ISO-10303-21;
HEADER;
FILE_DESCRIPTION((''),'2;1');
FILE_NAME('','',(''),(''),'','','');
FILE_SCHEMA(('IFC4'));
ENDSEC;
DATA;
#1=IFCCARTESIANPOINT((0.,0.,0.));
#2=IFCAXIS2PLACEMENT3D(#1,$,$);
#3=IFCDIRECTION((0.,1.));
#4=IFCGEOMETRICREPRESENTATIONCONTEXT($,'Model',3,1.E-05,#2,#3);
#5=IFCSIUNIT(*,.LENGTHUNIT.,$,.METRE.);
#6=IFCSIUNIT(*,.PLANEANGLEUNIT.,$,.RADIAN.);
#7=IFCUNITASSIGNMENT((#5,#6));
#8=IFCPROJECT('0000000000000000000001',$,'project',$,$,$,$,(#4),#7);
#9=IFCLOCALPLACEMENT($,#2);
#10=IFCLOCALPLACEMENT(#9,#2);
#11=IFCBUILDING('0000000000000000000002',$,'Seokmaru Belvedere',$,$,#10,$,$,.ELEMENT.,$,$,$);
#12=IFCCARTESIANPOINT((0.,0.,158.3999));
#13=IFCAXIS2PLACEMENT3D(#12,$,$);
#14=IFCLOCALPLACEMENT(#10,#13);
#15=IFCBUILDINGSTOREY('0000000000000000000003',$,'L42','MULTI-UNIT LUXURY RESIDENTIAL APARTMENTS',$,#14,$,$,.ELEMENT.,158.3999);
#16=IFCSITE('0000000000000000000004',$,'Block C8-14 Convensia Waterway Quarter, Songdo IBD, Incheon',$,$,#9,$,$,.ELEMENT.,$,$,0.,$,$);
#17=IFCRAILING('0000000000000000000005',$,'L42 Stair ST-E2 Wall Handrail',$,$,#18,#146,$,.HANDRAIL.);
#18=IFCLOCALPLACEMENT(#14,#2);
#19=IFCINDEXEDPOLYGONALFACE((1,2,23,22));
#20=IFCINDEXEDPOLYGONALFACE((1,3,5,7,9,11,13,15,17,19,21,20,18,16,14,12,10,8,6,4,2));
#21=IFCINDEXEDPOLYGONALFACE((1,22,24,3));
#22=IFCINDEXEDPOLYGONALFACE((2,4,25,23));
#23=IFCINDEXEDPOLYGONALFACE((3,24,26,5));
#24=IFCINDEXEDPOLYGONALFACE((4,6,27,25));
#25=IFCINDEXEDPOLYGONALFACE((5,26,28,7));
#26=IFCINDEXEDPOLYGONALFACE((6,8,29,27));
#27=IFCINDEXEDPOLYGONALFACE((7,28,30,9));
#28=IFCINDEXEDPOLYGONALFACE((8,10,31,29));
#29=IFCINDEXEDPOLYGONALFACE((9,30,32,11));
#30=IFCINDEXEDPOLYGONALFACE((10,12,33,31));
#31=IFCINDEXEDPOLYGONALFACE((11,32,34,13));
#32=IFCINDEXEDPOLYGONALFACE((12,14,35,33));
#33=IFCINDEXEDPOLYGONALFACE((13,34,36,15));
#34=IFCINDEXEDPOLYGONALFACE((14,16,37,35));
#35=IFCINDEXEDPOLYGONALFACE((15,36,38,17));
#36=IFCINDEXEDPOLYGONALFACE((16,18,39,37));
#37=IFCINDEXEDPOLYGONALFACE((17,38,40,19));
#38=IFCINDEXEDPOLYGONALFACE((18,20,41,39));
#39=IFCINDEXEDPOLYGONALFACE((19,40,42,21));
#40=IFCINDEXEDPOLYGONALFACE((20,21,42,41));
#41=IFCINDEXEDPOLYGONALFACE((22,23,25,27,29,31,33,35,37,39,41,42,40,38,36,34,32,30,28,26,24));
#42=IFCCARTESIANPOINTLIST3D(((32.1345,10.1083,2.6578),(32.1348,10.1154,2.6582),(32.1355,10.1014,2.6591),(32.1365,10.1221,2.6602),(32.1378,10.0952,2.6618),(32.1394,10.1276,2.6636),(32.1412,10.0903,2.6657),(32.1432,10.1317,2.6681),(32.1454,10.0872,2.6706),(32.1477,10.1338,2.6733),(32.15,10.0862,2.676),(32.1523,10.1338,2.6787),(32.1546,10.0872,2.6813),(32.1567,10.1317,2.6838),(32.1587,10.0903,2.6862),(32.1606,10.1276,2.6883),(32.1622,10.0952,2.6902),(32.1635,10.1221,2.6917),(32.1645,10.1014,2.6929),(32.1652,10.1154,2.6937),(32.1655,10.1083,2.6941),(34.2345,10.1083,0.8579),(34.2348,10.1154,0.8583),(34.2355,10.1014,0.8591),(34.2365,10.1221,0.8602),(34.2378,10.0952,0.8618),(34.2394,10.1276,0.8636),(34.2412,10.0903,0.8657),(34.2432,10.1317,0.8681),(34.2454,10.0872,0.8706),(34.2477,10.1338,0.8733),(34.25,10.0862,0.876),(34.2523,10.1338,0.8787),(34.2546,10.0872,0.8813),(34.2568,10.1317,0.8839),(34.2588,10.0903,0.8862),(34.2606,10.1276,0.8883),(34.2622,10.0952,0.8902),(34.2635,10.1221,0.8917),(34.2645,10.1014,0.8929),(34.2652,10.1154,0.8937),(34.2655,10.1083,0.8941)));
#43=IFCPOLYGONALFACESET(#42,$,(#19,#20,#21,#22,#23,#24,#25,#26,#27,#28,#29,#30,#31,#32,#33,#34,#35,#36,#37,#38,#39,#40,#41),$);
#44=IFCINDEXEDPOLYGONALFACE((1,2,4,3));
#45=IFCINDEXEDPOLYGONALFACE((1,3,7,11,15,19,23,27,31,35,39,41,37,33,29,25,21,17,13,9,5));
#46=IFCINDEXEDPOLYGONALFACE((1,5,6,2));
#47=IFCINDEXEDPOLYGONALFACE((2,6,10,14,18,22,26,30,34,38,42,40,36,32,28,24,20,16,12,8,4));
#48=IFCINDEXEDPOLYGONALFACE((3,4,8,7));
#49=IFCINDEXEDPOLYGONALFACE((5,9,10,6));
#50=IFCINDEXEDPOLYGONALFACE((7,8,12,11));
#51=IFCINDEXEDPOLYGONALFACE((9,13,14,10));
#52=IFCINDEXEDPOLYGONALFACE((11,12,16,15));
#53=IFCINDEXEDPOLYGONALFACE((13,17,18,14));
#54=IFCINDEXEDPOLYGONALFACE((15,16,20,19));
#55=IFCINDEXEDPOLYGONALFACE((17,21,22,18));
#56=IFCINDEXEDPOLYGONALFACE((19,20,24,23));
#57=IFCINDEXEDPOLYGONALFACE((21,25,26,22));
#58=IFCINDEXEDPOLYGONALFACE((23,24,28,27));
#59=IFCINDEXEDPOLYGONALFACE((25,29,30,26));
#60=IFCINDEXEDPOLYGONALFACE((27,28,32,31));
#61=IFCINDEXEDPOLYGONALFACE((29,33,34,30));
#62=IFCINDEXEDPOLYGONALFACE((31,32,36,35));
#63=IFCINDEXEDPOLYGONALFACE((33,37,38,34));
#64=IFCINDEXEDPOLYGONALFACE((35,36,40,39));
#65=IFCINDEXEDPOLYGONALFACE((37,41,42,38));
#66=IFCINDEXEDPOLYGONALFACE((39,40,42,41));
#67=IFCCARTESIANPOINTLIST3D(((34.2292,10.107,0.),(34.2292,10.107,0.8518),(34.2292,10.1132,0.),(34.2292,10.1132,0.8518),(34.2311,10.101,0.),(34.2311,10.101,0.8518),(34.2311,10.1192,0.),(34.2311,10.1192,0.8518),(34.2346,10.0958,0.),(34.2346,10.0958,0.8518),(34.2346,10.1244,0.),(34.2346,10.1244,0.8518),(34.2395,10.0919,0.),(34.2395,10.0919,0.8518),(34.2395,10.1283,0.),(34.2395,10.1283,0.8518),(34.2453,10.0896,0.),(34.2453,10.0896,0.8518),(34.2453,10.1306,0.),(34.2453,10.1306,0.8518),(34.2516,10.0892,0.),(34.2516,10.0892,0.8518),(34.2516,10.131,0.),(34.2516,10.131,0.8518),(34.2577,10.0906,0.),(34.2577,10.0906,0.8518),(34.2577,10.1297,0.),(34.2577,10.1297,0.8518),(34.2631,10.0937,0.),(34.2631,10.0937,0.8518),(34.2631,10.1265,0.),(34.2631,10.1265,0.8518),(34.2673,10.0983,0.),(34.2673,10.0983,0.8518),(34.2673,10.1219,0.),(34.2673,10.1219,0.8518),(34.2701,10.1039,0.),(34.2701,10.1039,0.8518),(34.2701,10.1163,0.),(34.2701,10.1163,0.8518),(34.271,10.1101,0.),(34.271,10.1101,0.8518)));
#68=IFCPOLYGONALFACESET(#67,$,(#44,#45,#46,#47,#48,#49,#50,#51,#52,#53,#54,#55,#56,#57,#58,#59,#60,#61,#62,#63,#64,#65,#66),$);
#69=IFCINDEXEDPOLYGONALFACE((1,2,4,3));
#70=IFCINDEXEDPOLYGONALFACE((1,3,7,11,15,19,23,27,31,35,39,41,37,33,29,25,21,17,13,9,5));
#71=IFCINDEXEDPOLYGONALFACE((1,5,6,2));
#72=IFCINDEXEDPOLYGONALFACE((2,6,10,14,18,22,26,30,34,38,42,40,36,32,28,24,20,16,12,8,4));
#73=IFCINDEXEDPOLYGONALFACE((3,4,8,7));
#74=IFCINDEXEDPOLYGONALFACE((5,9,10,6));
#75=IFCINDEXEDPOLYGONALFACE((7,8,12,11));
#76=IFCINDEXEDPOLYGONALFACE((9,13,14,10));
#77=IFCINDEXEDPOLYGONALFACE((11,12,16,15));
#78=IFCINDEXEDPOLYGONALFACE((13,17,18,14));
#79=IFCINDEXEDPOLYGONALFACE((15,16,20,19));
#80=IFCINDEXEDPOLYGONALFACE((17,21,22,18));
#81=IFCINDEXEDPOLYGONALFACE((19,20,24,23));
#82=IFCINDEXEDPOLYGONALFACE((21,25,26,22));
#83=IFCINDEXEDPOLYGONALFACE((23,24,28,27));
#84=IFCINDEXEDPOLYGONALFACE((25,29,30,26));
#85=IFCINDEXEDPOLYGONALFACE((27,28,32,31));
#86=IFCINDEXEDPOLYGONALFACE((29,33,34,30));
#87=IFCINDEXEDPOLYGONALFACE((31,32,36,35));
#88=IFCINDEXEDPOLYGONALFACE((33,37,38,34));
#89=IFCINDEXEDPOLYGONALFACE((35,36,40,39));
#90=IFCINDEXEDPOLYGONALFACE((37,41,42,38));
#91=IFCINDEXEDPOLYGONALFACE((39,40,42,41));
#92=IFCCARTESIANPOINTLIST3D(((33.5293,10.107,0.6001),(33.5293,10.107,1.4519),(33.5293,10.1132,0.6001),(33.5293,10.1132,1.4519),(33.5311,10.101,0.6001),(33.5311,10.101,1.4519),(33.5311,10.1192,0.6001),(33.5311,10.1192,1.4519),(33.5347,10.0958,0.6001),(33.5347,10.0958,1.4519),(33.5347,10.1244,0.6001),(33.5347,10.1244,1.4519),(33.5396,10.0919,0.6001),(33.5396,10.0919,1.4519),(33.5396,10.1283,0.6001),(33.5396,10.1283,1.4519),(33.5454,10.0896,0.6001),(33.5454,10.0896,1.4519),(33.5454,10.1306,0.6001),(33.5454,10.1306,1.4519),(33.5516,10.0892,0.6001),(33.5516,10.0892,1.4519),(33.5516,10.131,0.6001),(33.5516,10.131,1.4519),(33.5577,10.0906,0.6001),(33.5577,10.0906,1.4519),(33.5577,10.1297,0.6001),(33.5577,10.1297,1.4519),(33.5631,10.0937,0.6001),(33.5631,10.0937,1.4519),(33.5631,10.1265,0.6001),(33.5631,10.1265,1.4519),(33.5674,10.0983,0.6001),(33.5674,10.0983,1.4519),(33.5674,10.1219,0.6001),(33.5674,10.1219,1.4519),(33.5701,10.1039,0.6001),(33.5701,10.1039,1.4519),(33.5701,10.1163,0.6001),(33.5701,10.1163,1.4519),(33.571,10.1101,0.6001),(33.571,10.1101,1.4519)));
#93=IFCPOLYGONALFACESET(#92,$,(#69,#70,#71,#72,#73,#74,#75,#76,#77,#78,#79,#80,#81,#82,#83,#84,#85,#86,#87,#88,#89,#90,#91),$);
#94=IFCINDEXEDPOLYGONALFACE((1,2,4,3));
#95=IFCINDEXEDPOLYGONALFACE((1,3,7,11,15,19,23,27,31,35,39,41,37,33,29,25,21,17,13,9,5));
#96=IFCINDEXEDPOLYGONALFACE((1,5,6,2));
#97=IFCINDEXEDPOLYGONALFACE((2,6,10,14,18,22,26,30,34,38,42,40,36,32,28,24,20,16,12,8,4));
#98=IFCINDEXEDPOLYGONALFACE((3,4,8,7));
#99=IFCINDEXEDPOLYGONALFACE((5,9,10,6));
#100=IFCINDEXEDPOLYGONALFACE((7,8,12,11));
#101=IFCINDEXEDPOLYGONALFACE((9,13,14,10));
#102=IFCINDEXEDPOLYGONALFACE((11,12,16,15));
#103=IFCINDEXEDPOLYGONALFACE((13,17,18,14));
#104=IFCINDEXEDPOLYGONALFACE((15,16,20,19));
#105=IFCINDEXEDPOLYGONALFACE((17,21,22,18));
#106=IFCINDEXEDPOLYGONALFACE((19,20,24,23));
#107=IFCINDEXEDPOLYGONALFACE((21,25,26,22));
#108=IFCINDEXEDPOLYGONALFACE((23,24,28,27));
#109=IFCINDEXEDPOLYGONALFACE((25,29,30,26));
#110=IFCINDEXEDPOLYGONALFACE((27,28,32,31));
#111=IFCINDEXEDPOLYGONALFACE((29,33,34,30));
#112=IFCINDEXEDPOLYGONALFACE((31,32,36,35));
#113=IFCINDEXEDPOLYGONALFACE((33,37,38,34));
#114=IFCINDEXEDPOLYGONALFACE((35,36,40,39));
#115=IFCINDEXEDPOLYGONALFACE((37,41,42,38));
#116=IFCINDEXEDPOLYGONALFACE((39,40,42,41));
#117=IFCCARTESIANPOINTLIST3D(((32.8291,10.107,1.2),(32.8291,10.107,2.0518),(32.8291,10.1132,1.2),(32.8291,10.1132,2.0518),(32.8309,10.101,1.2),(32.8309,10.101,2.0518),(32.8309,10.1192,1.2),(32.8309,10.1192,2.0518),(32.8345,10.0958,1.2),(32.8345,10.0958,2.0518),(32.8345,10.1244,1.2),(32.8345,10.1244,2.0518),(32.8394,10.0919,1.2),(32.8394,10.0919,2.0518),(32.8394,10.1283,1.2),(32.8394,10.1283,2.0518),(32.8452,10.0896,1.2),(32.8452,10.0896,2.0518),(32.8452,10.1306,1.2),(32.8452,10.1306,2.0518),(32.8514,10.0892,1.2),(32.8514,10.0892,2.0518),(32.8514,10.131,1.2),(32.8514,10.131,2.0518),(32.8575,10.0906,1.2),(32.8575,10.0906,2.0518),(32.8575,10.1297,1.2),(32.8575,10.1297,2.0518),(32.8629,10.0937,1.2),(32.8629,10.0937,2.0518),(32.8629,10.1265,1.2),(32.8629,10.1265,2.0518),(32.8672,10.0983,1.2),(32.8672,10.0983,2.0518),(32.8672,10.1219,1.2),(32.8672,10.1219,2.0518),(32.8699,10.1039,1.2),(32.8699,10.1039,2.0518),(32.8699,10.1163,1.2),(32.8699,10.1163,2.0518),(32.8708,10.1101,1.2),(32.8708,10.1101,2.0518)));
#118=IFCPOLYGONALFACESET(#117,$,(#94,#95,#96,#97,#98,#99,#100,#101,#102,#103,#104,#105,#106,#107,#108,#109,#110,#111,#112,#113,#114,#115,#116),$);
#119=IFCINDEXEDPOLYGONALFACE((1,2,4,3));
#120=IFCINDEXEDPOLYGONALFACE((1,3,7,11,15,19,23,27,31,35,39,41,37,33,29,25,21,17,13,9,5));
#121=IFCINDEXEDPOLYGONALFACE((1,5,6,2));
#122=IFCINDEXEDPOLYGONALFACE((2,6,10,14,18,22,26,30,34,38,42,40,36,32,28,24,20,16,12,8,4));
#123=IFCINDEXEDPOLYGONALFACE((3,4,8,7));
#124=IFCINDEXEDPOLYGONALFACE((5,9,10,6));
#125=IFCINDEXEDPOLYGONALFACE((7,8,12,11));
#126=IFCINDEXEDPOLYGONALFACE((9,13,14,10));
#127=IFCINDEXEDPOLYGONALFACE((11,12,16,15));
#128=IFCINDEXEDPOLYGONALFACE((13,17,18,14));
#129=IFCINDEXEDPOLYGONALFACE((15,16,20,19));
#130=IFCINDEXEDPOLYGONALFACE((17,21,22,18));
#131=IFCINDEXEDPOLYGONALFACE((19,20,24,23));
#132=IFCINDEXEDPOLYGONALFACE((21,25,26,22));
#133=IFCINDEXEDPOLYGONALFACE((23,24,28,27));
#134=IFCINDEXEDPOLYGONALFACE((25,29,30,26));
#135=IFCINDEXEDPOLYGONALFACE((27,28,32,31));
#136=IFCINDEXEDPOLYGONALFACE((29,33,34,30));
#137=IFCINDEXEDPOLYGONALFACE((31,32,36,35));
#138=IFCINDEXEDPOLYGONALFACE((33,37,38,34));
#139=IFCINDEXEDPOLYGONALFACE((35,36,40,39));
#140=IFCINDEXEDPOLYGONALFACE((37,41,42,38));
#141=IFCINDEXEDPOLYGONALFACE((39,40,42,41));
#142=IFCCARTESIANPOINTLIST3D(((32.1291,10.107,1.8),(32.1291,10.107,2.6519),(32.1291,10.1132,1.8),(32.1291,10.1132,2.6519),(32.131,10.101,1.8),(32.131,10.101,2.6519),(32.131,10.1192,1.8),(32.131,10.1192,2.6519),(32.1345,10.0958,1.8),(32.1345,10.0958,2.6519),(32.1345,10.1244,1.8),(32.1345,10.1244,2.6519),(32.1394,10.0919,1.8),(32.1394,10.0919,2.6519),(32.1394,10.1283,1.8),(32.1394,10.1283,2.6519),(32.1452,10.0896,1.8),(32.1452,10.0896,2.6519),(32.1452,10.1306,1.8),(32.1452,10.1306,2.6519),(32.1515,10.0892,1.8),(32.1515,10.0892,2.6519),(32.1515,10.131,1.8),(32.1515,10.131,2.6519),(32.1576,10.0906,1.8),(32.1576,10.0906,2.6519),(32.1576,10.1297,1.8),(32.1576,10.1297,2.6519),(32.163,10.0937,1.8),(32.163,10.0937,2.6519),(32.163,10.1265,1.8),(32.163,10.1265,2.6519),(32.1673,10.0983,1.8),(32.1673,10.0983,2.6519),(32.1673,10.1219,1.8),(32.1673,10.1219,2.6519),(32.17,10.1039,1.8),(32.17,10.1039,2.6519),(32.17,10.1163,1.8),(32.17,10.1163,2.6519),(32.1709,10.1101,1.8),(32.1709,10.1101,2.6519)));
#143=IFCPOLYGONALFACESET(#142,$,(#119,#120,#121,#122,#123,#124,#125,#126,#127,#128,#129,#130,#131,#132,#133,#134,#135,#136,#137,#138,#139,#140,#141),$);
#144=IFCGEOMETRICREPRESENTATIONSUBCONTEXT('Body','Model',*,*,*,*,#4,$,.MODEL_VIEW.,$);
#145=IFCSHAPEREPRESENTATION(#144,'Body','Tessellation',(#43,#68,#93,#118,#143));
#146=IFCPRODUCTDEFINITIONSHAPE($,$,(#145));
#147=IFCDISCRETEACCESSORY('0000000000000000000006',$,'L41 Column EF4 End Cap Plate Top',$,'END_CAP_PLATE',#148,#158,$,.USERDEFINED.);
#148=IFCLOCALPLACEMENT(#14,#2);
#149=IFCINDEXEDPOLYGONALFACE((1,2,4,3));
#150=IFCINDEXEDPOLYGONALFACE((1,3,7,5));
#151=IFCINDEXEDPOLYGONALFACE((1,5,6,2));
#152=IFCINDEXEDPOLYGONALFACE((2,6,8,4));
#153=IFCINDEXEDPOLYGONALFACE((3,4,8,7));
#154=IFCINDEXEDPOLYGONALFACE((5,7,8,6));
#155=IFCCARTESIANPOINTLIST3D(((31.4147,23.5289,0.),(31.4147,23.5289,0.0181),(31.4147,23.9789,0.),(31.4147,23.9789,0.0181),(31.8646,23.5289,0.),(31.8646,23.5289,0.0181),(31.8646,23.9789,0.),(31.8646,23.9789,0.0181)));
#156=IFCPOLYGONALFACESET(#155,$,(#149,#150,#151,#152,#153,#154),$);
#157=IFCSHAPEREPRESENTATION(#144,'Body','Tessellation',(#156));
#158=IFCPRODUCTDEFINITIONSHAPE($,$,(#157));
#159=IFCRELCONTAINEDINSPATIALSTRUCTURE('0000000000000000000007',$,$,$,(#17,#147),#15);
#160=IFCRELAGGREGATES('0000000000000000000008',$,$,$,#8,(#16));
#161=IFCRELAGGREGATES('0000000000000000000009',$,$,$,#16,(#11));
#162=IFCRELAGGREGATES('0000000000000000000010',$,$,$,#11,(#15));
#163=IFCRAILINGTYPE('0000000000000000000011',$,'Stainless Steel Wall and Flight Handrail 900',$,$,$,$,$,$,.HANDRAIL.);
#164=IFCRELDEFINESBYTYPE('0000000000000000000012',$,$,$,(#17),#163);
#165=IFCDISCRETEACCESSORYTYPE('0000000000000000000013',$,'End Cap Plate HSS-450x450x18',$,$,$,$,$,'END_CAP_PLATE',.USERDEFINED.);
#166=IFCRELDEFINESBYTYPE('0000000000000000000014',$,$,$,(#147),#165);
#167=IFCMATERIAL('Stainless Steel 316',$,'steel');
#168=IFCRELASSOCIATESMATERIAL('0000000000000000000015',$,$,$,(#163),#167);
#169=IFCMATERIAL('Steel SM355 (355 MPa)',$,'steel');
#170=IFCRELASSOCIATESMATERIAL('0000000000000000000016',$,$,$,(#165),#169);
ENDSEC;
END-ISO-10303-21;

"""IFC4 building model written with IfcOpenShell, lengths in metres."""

from ifc_helpers import new_model, si_unit, direction, frame, origin, origin_2d, place, context, subcontext, project, spatial, rectangle, circle, extrude, source, transform, mapped, material, type_object, type_shapes, element, save


model = new_model("IFC4")

# Units and contexts
model_context = context("Model", 3, precision=1e-05, world=origin(), true_north=direction((0.0, 1.0)))
body_context = subcontext(model_context, "Body", "Model", "MODEL_VIEW")
ifc_project = project(units=[si_unit("LENGTHUNIT", "METRE"), si_unit("PLANEANGLEUNIT", "RADIAN")], contexts=[model_context])

# Site, building, storey
site_placement = place(None, origin())
site = spatial("IfcSite", under=ifc_project, at=site_placement, Name="Block C8-14 Convensia Waterway Quarter, Songdo IBD, Incheon", CompositionType="ELEMENT", RefElevation=0.0)
building_placement = place(site_placement, origin())
building = spatial("IfcBuilding", under=site, at=building_placement, Name="Seokmaru Belvedere", CompositionType="ELEMENT")
storey_placement = place(building_placement, frame((0.0, 0.0, 158.3999)))
storey = spatial("IfcBuildingStorey", under=building, at=storey_placement, Name="L42", Description="MULTI-UNIT LUXURY RESIDENTIAL APARTMENTS", CompositionType="ELEMENT", Elevation=158.3999)

# Shared definitions
ifc_material_1 = material(Name="Steel SM355 (355 MPa)", Category="steel")

# Shared definitions
ifc_material_2 = material(Name="Stainless Steel 316", Category="steel")

# Railing
railing_type_1 = type_object("IfcRailingType", Name="Stainless Steel Wall and Flight Handrail 900", PredefinedType="HANDRAIL", material=ifc_material_2)
railing_1_placement = place(storey_placement, frame((34.25, 10.1101, 0.0)))
element("IfcRailing", 1, at=railing_1_placement, inside=storey, type_object=railing_type_1, Name="L42 Stair ST-E2 Wall Handrail", PredefinedType="HANDRAIL", context=body_context, shape_type="SweptSolid", body=[
    extrude(circle(Radius=0.0239, at=origin_2d()), frame((0.0, 0.0, 0.876), z_axis=(-0.759263, 0.0, 0.650784), x_axis=(0.0, -1.0, 0.0)), (0.0, 0.0, 1.0), 2.7659),
    extrude(circle(Radius=0.021, at=origin_2d()), origin(), (0.0, 0.0, 1.0), 0.8518),
    extrude(circle(Radius=0.021, at=origin_2d()), frame((-0.7, 0.0, 0.6001)), (0.0, 0.0, 1.0), 0.8518),
    extrude(circle(Radius=0.021, at=origin_2d()), frame((-1.4001, 0.0, 1.2)), (0.0, 0.0, 1.0), 0.8518),
    extrude(circle(Radius=0.021, at=origin_2d()), frame((-2.1001, 0.0, 1.8)), (0.0, 0.0, 1.0), 0.8518),
])

# Discrete accessory
discrete_accessory_type = type_object("IfcDiscreteAccessoryType", Name="End Cap Plate HSS-450x450x18", ElementType="END_CAP_PLATE", PredefinedType="USERDEFINED", material=ifc_material_1)
shared_shape_1 = source(origin(), body_context, "Body", "SweptSolid", [
    extrude(rectangle(XDim=0.45, YDim=0.45, at=origin_2d()), origin(), (0.0, 0.0, 1.0), 0.0181),
])
type_shapes(discrete_accessory_type, [shared_shape_1])
discrete_accessory_placement = place(storey_placement, frame((31.6396, 23.7539, 0.0), z_axis=(0.0, 0.0, 1.0), x_axis=(1.0, 0.0, 0.0)))
element("IfcDiscreteAccessory", 2, at=discrete_accessory_placement, inside=storey, type_object=discrete_accessory_type, Name="L41 Column EF4 End Cap Plate Top", ObjectType="END_CAP_PLATE", PredefinedType="USERDEFINED", context=body_context, shape_type="MappedRepresentation", body=[
    mapped(shared_shape_1, transform((0.0, 0.0, 0.0), scale=1.0)),
])

save(model, "model.ifc")
